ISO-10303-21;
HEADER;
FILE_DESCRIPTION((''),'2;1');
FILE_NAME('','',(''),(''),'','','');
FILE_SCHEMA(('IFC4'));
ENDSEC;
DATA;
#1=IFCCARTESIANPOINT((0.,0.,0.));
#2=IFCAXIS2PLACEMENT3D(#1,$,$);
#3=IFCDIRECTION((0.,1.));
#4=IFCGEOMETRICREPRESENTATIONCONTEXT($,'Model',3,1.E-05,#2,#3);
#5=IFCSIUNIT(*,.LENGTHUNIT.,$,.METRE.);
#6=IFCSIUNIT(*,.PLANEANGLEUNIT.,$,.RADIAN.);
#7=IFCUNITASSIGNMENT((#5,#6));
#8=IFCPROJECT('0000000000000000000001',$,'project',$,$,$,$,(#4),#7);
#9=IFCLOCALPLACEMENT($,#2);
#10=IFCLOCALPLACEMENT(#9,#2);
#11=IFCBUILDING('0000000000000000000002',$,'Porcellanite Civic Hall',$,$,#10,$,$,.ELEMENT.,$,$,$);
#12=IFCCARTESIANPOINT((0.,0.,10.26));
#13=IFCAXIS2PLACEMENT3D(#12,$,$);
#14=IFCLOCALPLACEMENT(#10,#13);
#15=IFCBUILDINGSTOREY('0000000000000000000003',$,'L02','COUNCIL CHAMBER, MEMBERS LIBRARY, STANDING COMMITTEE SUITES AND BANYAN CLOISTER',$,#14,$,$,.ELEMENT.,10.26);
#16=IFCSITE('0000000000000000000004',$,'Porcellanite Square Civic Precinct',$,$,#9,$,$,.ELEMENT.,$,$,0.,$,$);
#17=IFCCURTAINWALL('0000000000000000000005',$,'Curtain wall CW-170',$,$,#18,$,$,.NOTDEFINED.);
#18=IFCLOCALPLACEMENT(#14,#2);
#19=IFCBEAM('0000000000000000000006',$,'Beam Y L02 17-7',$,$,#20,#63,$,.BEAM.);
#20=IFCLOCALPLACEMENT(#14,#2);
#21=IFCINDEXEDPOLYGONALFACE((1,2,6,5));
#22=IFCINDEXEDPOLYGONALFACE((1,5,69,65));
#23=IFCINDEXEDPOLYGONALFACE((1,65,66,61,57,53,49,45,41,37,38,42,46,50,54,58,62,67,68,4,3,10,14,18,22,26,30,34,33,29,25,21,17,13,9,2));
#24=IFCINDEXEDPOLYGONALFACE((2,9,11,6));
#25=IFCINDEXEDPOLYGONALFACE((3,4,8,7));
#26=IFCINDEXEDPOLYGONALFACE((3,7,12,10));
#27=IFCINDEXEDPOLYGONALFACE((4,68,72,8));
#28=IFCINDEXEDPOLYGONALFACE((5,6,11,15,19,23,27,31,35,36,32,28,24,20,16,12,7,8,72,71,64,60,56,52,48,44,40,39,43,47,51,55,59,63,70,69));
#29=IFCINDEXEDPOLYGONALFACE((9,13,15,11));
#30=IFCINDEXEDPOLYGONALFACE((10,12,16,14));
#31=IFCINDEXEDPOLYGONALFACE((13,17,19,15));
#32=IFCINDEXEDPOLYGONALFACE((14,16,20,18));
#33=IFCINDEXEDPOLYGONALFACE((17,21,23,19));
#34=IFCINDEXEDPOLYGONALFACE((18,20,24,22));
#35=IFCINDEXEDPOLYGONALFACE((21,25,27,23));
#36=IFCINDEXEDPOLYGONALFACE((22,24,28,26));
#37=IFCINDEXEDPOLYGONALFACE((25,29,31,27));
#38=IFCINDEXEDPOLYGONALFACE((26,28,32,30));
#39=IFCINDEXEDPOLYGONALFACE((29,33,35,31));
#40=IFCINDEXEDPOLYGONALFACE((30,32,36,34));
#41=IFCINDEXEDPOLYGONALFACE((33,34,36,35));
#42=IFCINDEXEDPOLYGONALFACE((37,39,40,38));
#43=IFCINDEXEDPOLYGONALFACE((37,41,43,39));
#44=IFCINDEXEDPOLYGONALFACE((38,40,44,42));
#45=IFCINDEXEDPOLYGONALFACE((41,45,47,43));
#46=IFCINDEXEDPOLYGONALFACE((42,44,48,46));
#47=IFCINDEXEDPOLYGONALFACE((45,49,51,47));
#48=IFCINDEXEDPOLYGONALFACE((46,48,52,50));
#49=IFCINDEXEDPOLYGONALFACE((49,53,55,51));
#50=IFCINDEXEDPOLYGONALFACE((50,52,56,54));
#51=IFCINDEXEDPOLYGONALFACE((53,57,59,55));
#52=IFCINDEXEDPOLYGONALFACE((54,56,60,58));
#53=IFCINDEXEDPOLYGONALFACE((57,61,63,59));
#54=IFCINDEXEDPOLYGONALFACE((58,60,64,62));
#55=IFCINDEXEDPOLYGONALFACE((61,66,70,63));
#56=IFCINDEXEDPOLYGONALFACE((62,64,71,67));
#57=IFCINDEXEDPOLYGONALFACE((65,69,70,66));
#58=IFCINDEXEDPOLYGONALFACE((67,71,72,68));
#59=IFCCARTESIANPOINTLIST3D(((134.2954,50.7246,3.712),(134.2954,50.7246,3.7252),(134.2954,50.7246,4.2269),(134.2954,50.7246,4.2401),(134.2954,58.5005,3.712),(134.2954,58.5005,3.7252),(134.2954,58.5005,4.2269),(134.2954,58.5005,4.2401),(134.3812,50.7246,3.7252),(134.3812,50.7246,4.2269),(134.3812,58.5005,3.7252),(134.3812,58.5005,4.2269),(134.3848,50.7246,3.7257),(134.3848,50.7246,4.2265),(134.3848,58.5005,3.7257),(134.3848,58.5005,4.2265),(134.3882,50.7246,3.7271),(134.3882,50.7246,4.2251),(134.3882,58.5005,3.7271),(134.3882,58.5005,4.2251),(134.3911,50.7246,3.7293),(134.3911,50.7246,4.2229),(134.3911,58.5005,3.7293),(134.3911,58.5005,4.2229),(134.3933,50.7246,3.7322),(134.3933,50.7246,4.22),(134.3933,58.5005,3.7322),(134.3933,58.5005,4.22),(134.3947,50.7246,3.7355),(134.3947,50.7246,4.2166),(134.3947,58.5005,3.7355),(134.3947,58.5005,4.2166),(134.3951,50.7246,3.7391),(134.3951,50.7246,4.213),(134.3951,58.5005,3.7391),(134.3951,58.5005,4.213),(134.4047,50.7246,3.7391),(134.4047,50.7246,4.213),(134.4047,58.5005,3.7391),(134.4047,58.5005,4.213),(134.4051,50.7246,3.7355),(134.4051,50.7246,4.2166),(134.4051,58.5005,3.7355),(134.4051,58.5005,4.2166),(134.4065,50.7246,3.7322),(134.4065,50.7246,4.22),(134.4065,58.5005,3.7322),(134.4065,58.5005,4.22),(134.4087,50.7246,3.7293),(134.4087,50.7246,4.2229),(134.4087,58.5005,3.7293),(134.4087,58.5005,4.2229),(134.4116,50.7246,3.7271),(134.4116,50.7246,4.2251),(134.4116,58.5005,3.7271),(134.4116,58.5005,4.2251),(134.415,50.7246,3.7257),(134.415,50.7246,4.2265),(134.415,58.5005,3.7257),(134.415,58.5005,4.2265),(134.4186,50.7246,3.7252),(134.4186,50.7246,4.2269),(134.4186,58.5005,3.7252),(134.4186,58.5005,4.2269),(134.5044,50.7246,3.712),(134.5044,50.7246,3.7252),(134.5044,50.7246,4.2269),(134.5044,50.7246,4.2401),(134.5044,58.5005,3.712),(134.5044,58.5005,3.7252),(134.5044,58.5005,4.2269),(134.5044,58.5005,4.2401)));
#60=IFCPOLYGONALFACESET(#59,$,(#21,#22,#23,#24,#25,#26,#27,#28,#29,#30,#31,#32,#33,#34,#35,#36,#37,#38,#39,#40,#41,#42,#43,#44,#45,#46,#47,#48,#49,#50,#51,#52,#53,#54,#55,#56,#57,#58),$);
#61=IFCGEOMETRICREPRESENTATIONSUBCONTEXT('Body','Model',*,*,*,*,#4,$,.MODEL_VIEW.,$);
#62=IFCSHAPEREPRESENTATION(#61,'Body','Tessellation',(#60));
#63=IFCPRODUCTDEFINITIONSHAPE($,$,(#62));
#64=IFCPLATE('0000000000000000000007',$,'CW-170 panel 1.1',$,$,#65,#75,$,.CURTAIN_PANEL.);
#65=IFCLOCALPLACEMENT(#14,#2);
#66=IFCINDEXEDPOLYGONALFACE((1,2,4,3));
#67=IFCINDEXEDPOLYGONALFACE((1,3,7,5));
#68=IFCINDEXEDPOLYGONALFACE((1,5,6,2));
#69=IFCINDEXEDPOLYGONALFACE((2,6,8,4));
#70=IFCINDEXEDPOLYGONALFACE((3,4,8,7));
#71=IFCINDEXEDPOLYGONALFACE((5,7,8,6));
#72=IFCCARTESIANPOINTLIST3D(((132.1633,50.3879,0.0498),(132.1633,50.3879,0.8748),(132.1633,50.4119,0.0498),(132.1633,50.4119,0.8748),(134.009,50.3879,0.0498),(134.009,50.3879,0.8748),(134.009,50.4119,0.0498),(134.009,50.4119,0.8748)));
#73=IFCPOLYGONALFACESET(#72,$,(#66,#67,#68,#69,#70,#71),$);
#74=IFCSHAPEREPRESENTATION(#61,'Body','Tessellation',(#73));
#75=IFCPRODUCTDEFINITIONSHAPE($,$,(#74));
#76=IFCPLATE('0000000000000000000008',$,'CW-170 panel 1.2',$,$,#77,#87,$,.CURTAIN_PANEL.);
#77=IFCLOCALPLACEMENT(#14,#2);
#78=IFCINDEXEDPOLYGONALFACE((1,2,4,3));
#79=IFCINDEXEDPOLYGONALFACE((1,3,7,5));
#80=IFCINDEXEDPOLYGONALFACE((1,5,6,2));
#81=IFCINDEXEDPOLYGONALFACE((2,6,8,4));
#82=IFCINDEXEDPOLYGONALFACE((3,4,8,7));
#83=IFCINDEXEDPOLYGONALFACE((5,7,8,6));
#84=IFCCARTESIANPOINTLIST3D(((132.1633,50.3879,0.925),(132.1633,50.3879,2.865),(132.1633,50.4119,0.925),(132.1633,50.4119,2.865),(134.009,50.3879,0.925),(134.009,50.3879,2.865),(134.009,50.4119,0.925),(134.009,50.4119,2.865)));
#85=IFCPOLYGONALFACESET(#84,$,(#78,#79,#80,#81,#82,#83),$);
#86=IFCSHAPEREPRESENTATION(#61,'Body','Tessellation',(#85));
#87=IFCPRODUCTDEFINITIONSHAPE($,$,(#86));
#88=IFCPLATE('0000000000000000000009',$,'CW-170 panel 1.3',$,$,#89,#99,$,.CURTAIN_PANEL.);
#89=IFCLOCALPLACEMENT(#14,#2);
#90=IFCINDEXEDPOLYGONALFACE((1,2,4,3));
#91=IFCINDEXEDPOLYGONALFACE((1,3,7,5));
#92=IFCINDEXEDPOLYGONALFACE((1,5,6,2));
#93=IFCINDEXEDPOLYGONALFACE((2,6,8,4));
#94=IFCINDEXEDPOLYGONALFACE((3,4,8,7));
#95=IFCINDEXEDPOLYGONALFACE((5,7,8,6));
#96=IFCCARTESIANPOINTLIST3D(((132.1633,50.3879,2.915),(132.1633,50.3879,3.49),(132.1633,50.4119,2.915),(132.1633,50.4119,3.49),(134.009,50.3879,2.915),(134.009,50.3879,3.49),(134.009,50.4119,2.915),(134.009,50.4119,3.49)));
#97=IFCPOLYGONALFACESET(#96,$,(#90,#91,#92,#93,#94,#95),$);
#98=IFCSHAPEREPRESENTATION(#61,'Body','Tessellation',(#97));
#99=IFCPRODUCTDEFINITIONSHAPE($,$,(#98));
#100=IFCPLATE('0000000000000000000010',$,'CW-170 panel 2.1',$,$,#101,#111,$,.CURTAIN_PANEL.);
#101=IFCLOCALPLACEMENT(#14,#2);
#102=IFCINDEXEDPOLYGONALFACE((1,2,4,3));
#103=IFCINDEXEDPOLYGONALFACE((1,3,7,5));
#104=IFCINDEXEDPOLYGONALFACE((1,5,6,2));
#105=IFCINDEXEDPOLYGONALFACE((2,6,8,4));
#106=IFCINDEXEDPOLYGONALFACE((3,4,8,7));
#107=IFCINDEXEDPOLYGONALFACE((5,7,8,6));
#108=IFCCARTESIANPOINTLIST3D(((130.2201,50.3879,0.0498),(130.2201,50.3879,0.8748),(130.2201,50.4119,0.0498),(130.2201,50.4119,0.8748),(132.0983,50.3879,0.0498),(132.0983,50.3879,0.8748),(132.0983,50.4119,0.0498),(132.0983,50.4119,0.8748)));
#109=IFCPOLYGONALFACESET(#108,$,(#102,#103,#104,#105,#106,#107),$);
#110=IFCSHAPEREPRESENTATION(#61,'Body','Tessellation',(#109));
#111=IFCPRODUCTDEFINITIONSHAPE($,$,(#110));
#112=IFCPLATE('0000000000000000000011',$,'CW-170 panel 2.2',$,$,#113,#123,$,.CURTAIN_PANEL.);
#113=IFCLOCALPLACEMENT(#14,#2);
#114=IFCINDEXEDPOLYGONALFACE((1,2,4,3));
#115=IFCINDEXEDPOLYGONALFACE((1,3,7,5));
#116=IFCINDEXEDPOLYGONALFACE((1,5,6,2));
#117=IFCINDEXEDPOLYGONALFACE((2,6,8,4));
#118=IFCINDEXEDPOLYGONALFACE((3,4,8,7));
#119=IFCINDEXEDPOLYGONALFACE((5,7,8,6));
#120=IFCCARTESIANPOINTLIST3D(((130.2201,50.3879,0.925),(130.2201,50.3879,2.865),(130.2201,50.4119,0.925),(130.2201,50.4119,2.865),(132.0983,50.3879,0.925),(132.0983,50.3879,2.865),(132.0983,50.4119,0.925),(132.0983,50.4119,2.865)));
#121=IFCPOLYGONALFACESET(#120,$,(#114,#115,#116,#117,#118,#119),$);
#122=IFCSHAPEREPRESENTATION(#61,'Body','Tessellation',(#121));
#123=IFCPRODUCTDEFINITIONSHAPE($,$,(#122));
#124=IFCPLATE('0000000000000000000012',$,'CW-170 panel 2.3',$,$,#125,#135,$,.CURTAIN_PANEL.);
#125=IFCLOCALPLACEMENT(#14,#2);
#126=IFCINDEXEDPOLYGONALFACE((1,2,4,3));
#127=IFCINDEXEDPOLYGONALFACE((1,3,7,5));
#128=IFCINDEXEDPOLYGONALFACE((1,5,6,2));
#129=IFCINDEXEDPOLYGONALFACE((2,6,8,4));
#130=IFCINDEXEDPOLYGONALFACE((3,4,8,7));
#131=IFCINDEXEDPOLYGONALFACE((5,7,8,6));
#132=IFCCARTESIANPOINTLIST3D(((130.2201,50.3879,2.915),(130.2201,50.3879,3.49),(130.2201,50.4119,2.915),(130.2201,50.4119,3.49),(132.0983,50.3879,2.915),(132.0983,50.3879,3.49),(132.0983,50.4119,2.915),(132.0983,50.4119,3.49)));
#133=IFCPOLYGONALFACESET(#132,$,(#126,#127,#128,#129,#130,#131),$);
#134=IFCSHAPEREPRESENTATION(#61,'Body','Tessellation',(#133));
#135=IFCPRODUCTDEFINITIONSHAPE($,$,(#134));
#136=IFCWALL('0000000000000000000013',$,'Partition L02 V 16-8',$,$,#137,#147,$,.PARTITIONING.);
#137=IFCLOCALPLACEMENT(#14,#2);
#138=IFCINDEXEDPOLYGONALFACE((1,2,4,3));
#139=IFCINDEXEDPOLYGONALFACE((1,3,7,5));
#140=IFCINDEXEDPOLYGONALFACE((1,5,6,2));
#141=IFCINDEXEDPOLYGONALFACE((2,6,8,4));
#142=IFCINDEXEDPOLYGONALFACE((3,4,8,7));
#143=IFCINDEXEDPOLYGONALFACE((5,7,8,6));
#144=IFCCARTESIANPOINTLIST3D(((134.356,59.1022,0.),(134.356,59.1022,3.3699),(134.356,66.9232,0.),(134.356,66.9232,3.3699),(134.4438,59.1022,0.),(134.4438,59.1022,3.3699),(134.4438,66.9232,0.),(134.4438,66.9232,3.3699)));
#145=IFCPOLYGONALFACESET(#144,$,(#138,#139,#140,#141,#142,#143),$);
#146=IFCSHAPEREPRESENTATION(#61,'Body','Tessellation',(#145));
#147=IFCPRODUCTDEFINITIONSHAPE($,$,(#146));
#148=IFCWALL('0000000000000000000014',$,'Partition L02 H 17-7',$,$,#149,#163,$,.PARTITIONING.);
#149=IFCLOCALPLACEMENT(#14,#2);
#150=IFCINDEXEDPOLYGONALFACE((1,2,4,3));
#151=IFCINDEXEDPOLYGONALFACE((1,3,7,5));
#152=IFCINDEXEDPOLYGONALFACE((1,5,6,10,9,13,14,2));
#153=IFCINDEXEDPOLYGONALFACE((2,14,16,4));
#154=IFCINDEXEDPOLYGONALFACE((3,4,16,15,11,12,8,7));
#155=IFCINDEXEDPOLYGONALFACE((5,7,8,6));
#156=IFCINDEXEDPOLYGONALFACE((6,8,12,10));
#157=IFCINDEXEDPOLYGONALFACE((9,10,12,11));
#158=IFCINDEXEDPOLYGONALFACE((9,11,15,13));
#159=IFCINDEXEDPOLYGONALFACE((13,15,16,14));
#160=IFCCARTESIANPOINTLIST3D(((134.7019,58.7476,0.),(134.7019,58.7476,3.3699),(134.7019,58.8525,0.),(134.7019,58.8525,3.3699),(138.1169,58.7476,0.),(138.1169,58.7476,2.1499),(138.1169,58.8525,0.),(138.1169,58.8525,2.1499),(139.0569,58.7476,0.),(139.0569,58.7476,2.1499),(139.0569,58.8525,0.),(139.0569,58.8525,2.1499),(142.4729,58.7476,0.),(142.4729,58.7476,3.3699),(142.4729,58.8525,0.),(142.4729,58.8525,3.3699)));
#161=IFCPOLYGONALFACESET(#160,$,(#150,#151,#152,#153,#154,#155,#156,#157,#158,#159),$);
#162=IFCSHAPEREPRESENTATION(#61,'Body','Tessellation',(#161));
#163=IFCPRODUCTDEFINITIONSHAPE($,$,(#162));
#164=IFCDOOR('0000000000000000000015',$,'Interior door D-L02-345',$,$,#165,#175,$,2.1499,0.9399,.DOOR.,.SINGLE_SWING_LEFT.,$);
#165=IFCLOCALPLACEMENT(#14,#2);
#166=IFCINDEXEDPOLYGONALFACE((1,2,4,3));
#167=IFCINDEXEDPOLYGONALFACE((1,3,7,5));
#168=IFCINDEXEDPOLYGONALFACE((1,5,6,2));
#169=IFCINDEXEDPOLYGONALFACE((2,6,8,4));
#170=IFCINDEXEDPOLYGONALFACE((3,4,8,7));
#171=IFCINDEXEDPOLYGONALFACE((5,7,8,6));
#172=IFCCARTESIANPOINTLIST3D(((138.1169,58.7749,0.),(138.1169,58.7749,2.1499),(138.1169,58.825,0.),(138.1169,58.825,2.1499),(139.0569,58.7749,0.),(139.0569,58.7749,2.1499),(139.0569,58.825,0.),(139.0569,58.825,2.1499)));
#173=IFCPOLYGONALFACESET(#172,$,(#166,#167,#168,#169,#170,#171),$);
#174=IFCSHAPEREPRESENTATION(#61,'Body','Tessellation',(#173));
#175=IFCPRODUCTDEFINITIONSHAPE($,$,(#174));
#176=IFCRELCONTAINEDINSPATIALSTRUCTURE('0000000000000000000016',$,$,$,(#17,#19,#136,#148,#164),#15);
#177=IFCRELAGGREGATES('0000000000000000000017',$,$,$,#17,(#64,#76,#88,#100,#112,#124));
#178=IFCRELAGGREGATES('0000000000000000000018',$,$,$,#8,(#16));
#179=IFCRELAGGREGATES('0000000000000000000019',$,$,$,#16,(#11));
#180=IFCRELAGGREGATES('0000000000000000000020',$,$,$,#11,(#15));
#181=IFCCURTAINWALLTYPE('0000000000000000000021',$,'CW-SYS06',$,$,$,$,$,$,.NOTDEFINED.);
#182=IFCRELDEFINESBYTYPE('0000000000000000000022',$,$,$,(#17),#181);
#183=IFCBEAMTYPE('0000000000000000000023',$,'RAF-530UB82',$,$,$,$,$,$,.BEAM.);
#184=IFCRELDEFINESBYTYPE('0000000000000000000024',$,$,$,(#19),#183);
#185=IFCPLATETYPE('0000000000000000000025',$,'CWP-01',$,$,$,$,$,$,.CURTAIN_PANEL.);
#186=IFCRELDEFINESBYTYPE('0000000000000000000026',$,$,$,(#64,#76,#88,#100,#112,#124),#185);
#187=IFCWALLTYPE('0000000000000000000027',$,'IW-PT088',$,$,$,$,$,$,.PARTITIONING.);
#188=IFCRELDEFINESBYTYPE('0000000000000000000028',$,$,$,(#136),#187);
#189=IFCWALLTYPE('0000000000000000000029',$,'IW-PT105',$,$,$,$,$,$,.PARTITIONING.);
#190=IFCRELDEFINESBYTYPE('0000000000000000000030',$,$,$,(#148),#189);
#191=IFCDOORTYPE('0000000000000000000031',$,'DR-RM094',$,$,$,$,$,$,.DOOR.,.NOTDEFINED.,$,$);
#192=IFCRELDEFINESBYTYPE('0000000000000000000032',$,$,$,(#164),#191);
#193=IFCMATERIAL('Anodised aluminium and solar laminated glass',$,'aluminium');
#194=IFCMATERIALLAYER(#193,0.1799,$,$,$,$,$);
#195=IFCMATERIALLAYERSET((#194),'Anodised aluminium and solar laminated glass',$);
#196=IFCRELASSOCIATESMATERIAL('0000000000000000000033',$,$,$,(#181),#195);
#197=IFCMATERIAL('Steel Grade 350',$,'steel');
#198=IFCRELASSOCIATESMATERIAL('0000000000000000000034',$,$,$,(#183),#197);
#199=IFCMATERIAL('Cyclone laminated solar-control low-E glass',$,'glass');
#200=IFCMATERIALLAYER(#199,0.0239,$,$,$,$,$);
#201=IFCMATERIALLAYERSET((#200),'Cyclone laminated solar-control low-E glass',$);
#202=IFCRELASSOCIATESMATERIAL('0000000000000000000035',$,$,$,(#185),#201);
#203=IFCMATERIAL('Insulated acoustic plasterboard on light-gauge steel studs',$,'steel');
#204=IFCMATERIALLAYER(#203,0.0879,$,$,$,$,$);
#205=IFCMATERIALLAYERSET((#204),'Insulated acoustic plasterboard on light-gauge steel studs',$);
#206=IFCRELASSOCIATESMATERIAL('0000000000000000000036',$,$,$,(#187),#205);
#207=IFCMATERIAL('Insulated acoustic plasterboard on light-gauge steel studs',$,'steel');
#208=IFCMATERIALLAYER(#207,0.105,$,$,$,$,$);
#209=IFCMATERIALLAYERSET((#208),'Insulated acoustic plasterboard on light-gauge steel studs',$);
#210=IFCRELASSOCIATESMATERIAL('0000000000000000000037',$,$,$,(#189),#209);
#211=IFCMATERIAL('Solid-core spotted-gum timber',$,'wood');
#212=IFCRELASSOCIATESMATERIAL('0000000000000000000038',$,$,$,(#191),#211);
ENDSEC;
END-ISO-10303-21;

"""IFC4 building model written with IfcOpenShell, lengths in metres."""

from ifc_helpers import new_model, si_unit, direction, frame, frame_2d, origin, origin_2d, place, context, subcontext, project, spatial, rectangle, i_section, extrude, material, layer, layer_set, material_profile, profile_set, type_object, element, fill, aggregate, save


model = new_model("IFC4")

# Units and contexts
model_context = context("Model", 3, precision=1e-05, world=origin(), true_north=direction((0.0, 1.0)))
body_context = subcontext(model_context, "Body", "Model", "MODEL_VIEW")
ifc_project = project(units=[si_unit("LENGTHUNIT", "METRE"), si_unit("PLANEANGLEUNIT", "RADIAN")], contexts=[model_context])

# Site, building, storey
site_placement = place(None, origin())
site = spatial("IfcSite", under=ifc_project, at=site_placement, Name="Porcellanite Square Civic Precinct", CompositionType="ELEMENT", RefElevation=0.0)
building_placement = place(site_placement, origin())
building = spatial("IfcBuilding", under=site, at=building_placement, Name="Porcellanite Civic Hall", CompositionType="ELEMENT")
storey_placement = place(building_placement, frame((0.0, 0.0, 10.26)))
storey = spatial("IfcBuildingStorey", under=building, at=storey_placement, Name="L02", Description="COUNCIL CHAMBER, MEMBERS LIBRARY, STANDING COMMITTEE SUITES AND BANYAN CLOISTER", CompositionType="ELEMENT", Elevation=10.26)

# Curtain wall
ifc_material_1 = material(Name="Anodised aluminium and solar laminated glass", Category="aluminium")
ifc_layer_1 = layer(ifc_material_1, 0.1799)
ifc_layer_set_1 = layer_set([ifc_layer_1], Name="Anodised aluminium and solar laminated glass")
curtain_wall_type = type_object("IfcCurtainWallType", Name="CW-SYS06", PredefinedType="NOTDEFINED", material=ifc_layer_set_1)
curtain_wall_placement = place(storey_placement, origin())
curtain_wall = element("IfcCurtainWall", 1, at=curtain_wall_placement, inside=storey, type_object=curtain_wall_type, Name="Curtain wall CW-170", PredefinedType="NOTDEFINED")

# Beam
ifc_material_2 = material(Name="Steel Grade 350", Category="steel")
ifc_material_profile_1 = material_profile(ifc_material_2, i_section(OverallWidth=0.209, OverallDepth=0.5281, WebThickness=0.0095, FlangeThickness=0.0132, FilletRadius=0.0139, at=origin_2d()), Name="530UB82.0")
ifc_profile_set_1 = profile_set([ifc_material_profile_1], Name="Steel Grade 350")
beam_type_1 = type_object("IfcBeamType", Name="RAF-530UB82", PredefinedType="BEAM", material=ifc_profile_set_1)
beam_1_placement = place(storey_placement, frame((134.3999, 50.7246, 3.9761), z_axis=(0.0, 1.0, 0.0), x_axis=(-1.0, 0.0, 0.0)))
element("IfcBeam", 2, at=beam_1_placement, inside=storey, type_object=beam_type_1, Name="Beam Y L02 17-7", PredefinedType="BEAM", context=body_context, shape_type="SweptSolid", body=[
    extrude(i_section(OverallWidth=0.209, OverallDepth=0.5281, WebThickness=0.0095, FlangeThickness=0.0132, FilletRadius=0.0139, at=origin_2d()), origin(), (0.0, 0.0, 1.0), 7.7759),
])

# Plates
ifc_material_3 = material(Name="Cyclone laminated solar-control low-E glass", Category="glass")
ifc_layer_2 = layer(ifc_material_3, 0.0239)
ifc_layer_set_2 = layer_set([ifc_layer_2], Name="Cyclone laminated solar-control low-E glass")
plate_type = type_object("IfcPlateType", Name="CWP-01", PredefinedType="CURTAIN_PANEL", material=ifc_layer_set_2)
plate_1_placement = place(storey_placement, frame((133.0862, 50.3999, 0.0498), z_axis=(0.0, 0.0, 1.0), x_axis=(-1.0, 0.0, 0.0)))
plate_1 = element("IfcPlate", 3, at=plate_1_placement, type_object=plate_type, Name="CW-170 panel 1.1", PredefinedType="CURTAIN_PANEL", context=body_context, shape_type="SweptSolid", body=[
    extrude(rectangle(XDim=1.8457, YDim=0.0239, at=origin_2d()), origin(), (0.0, 0.0, 1.0), 0.825),
])
plate_2_placement = place(storey_placement, frame((133.0862, 50.3999, 0.925), z_axis=(0.0, 0.0, 1.0), x_axis=(-1.0, 0.0, 0.0)))
plate_2 = element("IfcPlate", 4, at=plate_2_placement, type_object=plate_type, Name="CW-170 panel 1.2", PredefinedType="CURTAIN_PANEL", context=body_context, shape_type="SweptSolid", body=[
    extrude(rectangle(XDim=1.8457, YDim=0.0239, at=origin_2d()), origin(), (0.0, 0.0, 1.0), 1.9399),
])
plate_3_placement = place(storey_placement, frame((133.0862, 50.3999, 2.915), z_axis=(0.0, 0.0, 1.0), x_axis=(-1.0, 0.0, 0.0)))
plate_3 = element("IfcPlate", 5, at=plate_3_placement, type_object=plate_type, Name="CW-170 panel 1.3", PredefinedType="CURTAIN_PANEL", context=body_context, shape_type="SweptSolid", body=[
    extrude(rectangle(XDim=1.8457, YDim=0.0239, at=origin_2d()), origin(), (0.0, 0.0, 1.0), 0.575),
])
plate_4_placement = place(storey_placement, frame((131.1592, 50.3999, 0.0498), z_axis=(0.0, 0.0, 1.0), x_axis=(-1.0, 0.0, 0.0)))
plate_4 = element("IfcPlate", 6, at=plate_4_placement, type_object=plate_type, Name="CW-170 panel 2.1", PredefinedType="CURTAIN_PANEL", context=body_context, shape_type="SweptSolid", body=[
    extrude(rectangle(XDim=1.8782, YDim=0.0239, at=origin_2d()), origin(), (0.0, 0.0, 1.0), 0.825),
])
plate_5_placement = place(storey_placement, frame((131.1592, 50.3999, 0.925), z_axis=(0.0, 0.0, 1.0), x_axis=(-1.0, 0.0, 0.0)))
plate_5 = element("IfcPlate", 7, at=plate_5_placement, type_object=plate_type, Name="CW-170 panel 2.2", PredefinedType="CURTAIN_PANEL", context=body_context, shape_type="SweptSolid", body=[
    extrude(rectangle(XDim=1.8782, YDim=0.0239, at=origin_2d()), origin(), (0.0, 0.0, 1.0), 1.9399),
])
plate_6_placement = place(storey_placement, frame((131.1592, 50.3999, 2.915), z_axis=(0.0, 0.0, 1.0), x_axis=(-1.0, 0.0, 0.0)))
plate_6 = element("IfcPlate", 8, at=plate_6_placement, type_object=plate_type, Name="CW-170 panel 2.3", PredefinedType="CURTAIN_PANEL", context=body_context, shape_type="SweptSolid", body=[
    extrude(rectangle(XDim=1.8782, YDim=0.0239, at=origin_2d()), origin(), (0.0, 0.0, 1.0), 0.575),
])
aggregate(curtain_wall, [plate_1, plate_2, plate_3, plate_4, plate_5, plate_6])

# Wall
ifc_material_4 = material(Name="Insulated acoustic plasterboard on light-gauge steel studs", Category="steel")
ifc_layer_3 = layer(ifc_material_4, 0.0879)
ifc_layer_set_3 = layer_set([ifc_layer_3], Name="Insulated acoustic plasterboard on light-gauge steel studs")
wall_type_1 = type_object("IfcWallType", Name="IW-PT088", PredefinedType="PARTITIONING", material=ifc_layer_set_3)
wall_1_placement = place(storey_placement, frame((134.3999, 59.1021, 0.0), z_axis=(0.0, 0.0, 1.0), x_axis=(0.0, 1.0, 0.0)))
element("IfcWall", 9, at=wall_1_placement, inside=storey, type_object=wall_type_1, Name="Partition L02 V 16-8", PredefinedType="PARTITIONING", context=body_context, shape_type="SweptSolid", body=[
    extrude(rectangle(XDim=7.821, YDim=0.0879, at=frame_2d((3.9106, 0.0))), origin(), (0.0, 0.0, 1.0), 3.3699),
])

# Wall, opening, door
ifc_material_5 = material(Name="Insulated acoustic plasterboard on light-gauge steel studs", Category="steel")
ifc_layer_4 = layer(ifc_material_5, 0.105)
ifc_layer_set_4 = layer_set([ifc_layer_4], Name="Insulated acoustic plasterboard on light-gauge steel studs")
wall_type_2 = type_object("IfcWallType", Name="IW-PT105", PredefinedType="PARTITIONING", material=ifc_layer_set_4)
wall_2_placement = place(storey_placement, frame((134.7019, 58.8, 0.0), z_axis=(0.0, 0.0, 1.0), x_axis=(1.0, 0.0, 0.0)))
wall_2 = element("IfcWall", 10, at=wall_2_placement, inside=storey, type_object=wall_type_2, Name="Partition L02 H 17-7", PredefinedType="PARTITIONING", context=body_context, shape_type="SweptSolid", body=[
    extrude(rectangle(XDim=7.771, YDim=0.105, at=frame_2d((3.8855, 0.0))), origin(), (0.0, 0.0, 1.0), 3.3699),
])
opening_1_placement = place(wall_2_placement, frame((3.415, 0.0, 0.0)))
opening_1 = element("IfcOpeningElement", 11, at=opening_1_placement, cuts=wall_2, PredefinedType="OPENING", context=body_context, shape_type="SweptSolid", body=[
    extrude(rectangle(XDim=0.9399, YDim=2.1499, at=frame_2d((0.47, 1.075))), frame((0.0, 0.0525, 0.0), z_axis=(0.0, -1.0, 0.0), x_axis=(1.0, 0.0, 0.0)), (0.0, 0.0, 1.0), 0.105),
])
ifc_material_6 = material(Name="Solid-core spotted-gum timber", Category="wood")
door_type = type_object("IfcDoorType", Name="DR-RM094", OperationType="NOTDEFINED", PredefinedType="DOOR", material=ifc_material_6)
door_placement = place(opening_1_placement, origin())
door = element("IfcDoor", 12, at=door_placement, inside=storey, type_object=door_type, Name="Interior door D-L02-345", OperationType="SINGLE_SWING_LEFT", OverallHeight=2.1499, OverallWidth=0.9399, PredefinedType="DOOR", context=body_context, shape_type="SweptSolid", body=[
    extrude(rectangle(XDim=0.9399, YDim=2.1499, at=frame_2d((0.47, 1.075))), frame((0.0, 0.0249, 0.0), z_axis=(0.0, -1.0, 0.0), x_axis=(1.0, 0.0, 0.0)), (0.0, 0.0, 1.0), 0.05),
])
fill(opening_1, door)

save(model, "model.ifc")
